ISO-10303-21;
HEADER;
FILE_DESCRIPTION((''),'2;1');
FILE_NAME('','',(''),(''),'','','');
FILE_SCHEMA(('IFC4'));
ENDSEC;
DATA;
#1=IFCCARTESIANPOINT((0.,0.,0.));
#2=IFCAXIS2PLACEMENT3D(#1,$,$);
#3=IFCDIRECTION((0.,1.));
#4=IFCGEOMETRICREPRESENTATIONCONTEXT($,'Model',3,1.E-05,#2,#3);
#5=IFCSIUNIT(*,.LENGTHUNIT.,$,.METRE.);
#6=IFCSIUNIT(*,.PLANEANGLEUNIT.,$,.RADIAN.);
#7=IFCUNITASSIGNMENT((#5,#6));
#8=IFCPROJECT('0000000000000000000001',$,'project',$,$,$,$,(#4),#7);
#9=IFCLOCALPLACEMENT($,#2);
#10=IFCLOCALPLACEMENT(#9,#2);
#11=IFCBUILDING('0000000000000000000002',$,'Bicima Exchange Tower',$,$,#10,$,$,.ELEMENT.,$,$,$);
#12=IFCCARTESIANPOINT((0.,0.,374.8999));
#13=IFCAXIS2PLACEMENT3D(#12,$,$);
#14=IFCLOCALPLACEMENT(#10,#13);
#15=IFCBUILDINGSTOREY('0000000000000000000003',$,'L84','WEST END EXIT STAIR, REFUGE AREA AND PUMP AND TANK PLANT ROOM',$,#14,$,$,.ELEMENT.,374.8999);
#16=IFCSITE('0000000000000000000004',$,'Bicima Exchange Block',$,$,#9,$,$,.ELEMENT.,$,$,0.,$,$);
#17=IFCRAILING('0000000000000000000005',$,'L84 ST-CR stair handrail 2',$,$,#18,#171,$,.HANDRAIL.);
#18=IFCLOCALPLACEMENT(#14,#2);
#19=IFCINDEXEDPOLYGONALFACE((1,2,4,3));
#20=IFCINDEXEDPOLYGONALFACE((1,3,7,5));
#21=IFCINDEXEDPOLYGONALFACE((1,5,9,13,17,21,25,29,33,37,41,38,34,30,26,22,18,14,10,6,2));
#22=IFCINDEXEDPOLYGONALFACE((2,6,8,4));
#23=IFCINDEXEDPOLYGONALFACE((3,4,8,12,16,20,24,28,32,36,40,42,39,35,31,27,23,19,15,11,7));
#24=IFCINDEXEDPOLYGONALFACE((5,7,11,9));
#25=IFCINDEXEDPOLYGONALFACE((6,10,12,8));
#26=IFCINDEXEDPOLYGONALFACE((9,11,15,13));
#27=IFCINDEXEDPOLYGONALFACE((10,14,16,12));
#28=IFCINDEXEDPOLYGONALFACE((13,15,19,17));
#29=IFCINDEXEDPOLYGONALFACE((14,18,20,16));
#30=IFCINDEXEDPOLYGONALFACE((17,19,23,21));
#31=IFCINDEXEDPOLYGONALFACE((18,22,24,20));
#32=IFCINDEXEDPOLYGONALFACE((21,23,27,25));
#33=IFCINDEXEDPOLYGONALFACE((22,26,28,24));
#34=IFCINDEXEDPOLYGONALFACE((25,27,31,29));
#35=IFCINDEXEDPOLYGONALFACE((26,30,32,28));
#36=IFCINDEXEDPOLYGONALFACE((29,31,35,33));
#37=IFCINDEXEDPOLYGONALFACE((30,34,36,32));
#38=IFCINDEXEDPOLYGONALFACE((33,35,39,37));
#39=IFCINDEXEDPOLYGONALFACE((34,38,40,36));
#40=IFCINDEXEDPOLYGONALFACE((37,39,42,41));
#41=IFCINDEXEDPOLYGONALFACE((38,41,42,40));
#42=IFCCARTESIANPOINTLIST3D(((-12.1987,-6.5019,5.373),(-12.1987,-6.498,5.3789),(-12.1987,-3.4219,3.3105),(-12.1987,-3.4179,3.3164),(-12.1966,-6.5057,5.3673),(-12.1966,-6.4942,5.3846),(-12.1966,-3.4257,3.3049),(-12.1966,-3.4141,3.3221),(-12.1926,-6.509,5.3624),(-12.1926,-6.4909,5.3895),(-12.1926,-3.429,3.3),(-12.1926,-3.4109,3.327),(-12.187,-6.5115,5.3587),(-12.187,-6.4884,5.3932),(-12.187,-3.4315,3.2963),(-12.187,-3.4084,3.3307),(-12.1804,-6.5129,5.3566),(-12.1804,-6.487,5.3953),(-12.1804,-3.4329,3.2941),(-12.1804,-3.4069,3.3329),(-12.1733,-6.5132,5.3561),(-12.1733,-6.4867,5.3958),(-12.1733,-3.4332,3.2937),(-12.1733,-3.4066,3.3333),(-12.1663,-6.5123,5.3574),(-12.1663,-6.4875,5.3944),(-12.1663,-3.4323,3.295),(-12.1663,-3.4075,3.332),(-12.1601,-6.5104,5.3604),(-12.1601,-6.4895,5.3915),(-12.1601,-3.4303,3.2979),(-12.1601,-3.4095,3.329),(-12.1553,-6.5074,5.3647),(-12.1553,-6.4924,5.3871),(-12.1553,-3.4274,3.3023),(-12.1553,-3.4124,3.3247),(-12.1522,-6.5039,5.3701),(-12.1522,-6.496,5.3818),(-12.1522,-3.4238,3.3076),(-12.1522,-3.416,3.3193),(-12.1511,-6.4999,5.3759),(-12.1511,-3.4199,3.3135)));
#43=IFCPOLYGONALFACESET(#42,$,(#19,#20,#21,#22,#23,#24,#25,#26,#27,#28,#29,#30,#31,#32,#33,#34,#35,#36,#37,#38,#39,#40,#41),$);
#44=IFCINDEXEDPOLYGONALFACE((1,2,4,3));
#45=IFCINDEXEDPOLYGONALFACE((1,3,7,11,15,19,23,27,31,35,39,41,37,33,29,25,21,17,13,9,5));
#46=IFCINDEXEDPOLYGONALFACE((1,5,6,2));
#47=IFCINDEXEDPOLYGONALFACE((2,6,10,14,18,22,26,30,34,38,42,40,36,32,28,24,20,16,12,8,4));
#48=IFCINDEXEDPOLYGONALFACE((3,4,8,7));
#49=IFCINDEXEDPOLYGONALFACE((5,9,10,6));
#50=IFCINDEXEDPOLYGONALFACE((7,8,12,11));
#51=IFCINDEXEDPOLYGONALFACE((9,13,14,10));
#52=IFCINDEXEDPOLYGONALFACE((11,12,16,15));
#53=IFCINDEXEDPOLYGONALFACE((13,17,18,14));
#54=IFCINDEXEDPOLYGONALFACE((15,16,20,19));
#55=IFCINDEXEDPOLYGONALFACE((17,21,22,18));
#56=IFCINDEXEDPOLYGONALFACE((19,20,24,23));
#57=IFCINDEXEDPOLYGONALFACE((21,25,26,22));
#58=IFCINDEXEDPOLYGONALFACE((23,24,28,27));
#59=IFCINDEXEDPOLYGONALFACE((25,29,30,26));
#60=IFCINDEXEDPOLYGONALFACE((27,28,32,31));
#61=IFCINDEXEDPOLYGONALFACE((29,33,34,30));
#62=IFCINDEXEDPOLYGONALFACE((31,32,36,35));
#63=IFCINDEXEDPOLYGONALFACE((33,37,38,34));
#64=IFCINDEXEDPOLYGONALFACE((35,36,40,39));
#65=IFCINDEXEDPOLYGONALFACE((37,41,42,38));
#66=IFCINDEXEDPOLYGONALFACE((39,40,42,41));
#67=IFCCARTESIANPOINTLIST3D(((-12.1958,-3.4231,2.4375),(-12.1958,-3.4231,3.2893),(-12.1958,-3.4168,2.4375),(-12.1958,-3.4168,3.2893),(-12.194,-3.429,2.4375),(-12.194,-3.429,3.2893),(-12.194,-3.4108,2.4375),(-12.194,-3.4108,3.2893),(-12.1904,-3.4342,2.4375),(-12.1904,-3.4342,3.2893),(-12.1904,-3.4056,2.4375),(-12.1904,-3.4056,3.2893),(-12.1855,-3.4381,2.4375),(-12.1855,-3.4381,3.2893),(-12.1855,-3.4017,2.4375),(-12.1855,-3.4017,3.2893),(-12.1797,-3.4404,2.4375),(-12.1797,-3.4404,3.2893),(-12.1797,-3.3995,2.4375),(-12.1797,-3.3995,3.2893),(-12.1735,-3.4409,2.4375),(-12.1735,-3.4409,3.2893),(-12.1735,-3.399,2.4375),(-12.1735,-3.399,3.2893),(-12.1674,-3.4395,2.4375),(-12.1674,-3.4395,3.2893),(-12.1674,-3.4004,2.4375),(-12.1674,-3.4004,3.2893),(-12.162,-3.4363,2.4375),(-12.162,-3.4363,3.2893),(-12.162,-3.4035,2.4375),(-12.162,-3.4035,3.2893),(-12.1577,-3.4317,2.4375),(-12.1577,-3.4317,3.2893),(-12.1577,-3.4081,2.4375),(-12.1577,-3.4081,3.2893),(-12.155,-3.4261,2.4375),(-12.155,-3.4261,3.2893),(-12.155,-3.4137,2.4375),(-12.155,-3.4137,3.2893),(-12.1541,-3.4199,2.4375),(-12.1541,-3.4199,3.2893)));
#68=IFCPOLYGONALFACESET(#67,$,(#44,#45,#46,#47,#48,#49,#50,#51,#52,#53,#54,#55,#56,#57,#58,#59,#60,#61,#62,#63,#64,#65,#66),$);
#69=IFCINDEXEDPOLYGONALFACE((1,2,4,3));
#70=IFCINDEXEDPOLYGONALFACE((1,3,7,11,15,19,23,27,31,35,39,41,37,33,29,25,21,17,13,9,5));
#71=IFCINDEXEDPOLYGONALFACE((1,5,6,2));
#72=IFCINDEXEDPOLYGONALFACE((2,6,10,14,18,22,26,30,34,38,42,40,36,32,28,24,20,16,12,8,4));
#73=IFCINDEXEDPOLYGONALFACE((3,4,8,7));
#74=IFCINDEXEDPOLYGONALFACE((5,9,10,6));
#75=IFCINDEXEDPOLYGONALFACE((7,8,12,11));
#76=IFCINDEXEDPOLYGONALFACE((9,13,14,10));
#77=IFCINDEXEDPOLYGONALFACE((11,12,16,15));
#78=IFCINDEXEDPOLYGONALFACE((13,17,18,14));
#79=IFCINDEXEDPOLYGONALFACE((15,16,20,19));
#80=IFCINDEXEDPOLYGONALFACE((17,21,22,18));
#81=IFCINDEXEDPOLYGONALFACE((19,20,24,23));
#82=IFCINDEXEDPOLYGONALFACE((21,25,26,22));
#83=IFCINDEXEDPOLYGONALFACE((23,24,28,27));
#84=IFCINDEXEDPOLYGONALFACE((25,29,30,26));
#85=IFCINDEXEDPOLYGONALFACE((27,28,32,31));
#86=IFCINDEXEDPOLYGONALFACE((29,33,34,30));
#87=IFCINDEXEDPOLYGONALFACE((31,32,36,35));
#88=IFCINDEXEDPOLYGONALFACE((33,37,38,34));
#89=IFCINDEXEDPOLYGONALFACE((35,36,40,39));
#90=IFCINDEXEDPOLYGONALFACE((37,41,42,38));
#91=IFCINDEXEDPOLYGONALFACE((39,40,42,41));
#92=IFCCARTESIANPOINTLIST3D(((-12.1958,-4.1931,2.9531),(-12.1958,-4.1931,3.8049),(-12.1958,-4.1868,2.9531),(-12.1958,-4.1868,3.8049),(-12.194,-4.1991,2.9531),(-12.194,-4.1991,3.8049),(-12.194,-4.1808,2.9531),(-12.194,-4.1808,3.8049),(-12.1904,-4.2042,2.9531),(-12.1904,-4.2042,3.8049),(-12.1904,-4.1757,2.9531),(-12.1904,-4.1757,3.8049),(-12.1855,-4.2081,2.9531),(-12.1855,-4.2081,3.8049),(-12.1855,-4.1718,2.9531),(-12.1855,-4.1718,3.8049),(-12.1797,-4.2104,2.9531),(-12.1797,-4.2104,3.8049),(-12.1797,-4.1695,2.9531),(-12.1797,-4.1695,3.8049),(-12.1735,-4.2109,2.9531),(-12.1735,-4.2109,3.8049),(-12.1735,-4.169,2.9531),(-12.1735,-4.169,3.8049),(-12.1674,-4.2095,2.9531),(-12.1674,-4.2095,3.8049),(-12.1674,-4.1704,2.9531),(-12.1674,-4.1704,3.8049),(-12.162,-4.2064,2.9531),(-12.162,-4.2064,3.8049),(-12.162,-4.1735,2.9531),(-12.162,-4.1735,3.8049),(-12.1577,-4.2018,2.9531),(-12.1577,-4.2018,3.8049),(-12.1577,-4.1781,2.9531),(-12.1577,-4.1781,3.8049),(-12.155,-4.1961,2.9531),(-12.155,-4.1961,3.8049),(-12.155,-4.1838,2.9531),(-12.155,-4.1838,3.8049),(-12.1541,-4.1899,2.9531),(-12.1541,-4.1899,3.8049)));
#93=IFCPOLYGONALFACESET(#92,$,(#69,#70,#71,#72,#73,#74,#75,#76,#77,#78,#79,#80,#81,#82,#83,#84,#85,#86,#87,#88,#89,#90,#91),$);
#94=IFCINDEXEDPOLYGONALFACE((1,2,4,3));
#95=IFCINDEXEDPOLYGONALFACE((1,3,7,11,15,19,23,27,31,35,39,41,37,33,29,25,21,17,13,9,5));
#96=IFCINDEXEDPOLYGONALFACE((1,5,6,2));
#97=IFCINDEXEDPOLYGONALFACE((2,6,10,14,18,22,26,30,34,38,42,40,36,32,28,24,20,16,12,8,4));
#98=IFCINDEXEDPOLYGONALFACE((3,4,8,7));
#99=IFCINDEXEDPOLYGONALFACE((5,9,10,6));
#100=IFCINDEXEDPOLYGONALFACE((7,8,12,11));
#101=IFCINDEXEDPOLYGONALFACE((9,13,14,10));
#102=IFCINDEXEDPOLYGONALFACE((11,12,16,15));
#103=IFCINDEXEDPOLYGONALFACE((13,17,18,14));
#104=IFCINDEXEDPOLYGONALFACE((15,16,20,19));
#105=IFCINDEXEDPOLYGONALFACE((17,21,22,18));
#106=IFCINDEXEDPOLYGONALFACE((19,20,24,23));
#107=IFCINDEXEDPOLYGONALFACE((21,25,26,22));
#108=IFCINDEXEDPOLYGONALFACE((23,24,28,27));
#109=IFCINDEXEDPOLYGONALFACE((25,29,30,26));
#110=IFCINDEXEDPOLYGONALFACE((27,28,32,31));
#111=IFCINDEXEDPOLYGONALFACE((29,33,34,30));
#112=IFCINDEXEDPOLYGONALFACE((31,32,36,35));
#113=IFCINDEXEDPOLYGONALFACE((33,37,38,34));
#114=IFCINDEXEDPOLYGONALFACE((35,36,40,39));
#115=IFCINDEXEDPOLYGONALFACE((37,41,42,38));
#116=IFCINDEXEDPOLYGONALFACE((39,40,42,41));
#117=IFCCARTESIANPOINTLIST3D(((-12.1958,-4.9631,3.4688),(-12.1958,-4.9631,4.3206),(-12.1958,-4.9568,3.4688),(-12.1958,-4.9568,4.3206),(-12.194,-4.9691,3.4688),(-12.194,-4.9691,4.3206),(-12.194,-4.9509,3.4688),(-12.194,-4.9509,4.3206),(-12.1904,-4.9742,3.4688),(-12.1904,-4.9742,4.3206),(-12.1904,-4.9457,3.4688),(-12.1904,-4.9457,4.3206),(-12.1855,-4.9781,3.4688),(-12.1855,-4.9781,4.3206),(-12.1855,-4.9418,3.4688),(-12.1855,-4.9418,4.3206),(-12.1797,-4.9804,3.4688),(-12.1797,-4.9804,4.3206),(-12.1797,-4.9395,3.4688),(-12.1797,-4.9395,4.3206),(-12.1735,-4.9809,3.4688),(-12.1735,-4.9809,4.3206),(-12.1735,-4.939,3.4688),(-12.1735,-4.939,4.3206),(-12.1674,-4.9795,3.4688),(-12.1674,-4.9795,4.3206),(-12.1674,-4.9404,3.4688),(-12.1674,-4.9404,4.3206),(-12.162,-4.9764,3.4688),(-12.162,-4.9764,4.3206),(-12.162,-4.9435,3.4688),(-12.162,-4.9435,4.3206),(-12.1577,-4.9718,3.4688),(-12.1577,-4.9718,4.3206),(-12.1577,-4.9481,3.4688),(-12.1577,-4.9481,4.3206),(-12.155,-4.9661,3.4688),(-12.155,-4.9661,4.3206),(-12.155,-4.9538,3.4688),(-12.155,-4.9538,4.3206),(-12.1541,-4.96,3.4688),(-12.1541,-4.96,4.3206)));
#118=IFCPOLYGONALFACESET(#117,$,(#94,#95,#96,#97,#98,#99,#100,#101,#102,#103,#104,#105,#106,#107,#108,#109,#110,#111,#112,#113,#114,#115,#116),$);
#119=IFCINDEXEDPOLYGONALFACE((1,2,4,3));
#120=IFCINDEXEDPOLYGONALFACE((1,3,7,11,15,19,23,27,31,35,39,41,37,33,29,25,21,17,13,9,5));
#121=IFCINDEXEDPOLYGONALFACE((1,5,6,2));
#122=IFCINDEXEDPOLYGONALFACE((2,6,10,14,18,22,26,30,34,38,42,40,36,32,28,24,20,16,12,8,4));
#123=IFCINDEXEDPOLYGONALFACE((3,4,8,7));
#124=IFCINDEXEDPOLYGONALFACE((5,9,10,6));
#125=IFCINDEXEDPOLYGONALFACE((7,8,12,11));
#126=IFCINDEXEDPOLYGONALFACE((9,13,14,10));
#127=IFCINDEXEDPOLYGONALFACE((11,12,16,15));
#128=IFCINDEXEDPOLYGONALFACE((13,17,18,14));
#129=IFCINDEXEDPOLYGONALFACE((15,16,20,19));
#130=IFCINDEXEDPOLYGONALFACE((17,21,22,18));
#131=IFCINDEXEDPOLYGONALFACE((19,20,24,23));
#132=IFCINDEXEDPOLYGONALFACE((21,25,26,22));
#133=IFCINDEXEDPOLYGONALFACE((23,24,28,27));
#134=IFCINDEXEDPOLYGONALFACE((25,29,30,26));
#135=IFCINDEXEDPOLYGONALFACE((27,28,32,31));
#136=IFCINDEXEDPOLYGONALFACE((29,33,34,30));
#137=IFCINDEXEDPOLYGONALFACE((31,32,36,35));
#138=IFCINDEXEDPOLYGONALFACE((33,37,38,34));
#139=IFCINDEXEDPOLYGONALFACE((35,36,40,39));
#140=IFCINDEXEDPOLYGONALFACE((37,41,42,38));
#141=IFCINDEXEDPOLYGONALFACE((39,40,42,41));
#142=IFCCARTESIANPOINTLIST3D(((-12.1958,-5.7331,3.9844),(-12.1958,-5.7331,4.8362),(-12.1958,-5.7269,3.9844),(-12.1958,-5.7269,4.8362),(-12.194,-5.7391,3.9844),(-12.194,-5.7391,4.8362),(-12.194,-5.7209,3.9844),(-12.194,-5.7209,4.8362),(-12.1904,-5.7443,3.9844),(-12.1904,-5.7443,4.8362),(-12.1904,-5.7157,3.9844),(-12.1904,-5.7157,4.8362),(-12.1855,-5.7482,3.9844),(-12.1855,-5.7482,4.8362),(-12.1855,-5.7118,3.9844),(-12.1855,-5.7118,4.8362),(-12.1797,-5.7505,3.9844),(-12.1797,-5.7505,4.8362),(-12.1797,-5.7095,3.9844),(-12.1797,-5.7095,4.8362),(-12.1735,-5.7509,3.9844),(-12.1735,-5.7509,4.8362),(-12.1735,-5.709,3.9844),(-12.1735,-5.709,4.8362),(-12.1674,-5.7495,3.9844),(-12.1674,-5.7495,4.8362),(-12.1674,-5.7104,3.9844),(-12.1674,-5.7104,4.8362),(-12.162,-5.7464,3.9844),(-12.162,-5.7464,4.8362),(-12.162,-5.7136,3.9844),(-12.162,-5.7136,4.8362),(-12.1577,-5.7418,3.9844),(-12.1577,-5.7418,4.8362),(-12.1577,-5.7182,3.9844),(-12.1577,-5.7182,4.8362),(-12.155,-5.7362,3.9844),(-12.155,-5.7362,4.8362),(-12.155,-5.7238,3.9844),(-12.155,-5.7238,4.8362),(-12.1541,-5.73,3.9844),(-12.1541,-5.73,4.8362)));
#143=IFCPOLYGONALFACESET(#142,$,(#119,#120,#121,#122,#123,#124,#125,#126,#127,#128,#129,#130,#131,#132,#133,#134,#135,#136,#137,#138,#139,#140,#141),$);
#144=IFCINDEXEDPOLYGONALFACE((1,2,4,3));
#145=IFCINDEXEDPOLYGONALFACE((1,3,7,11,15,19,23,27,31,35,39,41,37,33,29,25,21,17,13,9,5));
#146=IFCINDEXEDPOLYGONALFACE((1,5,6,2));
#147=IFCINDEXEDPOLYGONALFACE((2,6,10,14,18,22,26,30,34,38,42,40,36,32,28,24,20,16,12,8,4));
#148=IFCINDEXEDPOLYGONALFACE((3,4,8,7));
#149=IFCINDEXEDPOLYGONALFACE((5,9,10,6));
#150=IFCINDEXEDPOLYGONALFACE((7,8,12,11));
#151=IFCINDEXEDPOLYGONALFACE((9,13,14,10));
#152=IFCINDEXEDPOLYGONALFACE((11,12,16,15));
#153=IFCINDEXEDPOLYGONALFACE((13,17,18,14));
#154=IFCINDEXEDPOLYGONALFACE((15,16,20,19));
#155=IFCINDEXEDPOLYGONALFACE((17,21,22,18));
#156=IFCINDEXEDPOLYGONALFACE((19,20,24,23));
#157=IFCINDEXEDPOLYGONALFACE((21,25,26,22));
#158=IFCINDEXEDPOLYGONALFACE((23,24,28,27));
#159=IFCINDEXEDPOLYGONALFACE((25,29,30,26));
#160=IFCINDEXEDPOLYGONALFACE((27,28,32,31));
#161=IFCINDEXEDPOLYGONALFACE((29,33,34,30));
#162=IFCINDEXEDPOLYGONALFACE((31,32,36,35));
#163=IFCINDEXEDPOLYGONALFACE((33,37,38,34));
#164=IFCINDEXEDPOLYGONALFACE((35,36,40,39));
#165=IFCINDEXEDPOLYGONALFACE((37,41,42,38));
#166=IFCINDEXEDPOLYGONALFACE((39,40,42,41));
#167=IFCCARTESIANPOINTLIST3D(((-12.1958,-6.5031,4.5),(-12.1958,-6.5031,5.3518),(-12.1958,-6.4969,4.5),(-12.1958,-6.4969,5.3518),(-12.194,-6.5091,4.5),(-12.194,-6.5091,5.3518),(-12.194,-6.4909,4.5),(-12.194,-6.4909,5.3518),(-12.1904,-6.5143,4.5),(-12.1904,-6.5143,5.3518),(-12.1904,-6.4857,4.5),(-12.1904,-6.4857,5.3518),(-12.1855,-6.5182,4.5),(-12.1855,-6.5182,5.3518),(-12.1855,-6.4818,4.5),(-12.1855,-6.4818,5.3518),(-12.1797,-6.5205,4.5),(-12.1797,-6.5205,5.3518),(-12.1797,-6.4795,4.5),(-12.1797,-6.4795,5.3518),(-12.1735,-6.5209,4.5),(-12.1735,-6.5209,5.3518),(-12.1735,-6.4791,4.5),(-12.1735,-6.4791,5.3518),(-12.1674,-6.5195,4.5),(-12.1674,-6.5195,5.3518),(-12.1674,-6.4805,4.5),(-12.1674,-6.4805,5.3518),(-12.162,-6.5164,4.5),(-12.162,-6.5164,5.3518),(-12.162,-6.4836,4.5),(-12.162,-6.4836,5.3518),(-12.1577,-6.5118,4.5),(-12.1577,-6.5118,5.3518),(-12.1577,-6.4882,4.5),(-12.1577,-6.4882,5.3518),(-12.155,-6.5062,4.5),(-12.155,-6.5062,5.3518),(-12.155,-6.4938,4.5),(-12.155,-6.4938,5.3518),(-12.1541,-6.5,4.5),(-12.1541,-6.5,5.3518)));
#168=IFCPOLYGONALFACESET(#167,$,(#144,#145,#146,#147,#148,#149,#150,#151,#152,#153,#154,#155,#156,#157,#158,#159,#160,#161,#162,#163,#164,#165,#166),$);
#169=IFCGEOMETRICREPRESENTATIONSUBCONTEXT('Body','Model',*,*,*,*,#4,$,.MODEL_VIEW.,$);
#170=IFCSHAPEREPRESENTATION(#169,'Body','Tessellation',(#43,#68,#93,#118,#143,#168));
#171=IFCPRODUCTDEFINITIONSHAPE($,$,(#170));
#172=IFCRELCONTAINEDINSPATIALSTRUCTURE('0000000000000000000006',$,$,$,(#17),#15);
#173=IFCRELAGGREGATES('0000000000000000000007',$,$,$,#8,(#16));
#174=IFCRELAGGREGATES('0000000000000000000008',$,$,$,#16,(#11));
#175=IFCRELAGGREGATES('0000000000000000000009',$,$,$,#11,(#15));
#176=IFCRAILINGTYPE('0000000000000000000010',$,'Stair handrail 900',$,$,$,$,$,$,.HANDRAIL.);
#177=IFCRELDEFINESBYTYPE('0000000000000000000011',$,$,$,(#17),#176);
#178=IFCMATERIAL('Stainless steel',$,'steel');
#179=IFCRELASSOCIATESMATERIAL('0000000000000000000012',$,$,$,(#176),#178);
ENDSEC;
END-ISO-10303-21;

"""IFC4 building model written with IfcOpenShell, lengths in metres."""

from ifc_helpers import new_model, si_unit, direction, frame, origin, origin_2d, place, context, subcontext, project, spatial, circle, extrude, material, type_object, element, save


model = new_model("IFC4")

# Units and contexts
model_context = context("Model", 3, precision=1e-05, world=origin(), true_north=direction((0.0, 1.0)))
body_context = subcontext(model_context, "Body", "Model", "MODEL_VIEW")
ifc_project = project(units=[si_unit("LENGTHUNIT", "METRE"), si_unit("PLANEANGLEUNIT", "RADIAN")], contexts=[model_context])

# Site, building, storey
site_placement = place(None, origin())
site = spatial("IfcSite", under=ifc_project, at=site_placement, Name="Bicima Exchange Block", CompositionType="ELEMENT", RefElevation=0.0)
building_placement = place(site_placement, origin())
building = spatial("IfcBuilding", under=site, at=building_placement, Name="Bicima Exchange Tower", CompositionType="ELEMENT")
storey_placement = place(building_placement, frame((0.0, 0.0, 374.8999)))
storey = spatial("IfcBuildingStorey", under=building, at=storey_placement, Name="L84", Description="WEST END EXIT STAIR, REFUGE AREA AND PUMP AND TANK PLANT ROOM", CompositionType="ELEMENT", Elevation=374.8999)

# Shared definitions
ifc_material_1 = material(Name="Stainless steel", Category="steel")

# Railing
railing_type = type_object("IfcRailingType", Name="Stair handrail 900", PredefinedType="HANDRAIL", material=ifc_material_1)
for number, where, name in (
    (1, (-12.175, -3.4199, 2.4375), "L84 ST-CR stair handrail 2"),
):
    element("IfcRailing", number, at=place(storey_placement, frame(where)), inside=storey, type_object=railing_type, Name=name, PredefinedType="HANDRAIL", context=body_context, shape_type="SweptSolid", body=[
        extrude(circle(Radius=0.0239, at=origin_2d()), frame((0.0, 0.0, 0.876), z_axis=(0.0, -0.830914, 0.556401), x_axis=(1.0, 0.0, 0.0)), (0.0, 0.0, 1.0), 3.7068),
        extrude(circle(Radius=0.021, at=origin_2d()), origin(), (0.0, 0.0, 1.0), 0.8518),
        extrude(circle(Radius=0.021, at=origin_2d()), frame((0.0, -0.77, 0.5156)), (0.0, 0.0, 1.0), 0.8518),
        extrude(circle(Radius=0.021, at=origin_2d()), frame((0.0, -1.54, 1.0312)), (0.0, 0.0, 1.0), 0.8518),
        extrude(circle(Radius=0.021, at=origin_2d()), frame((0.0, -2.3101, 1.5469)), (0.0, 0.0, 1.0), 0.8518),
        extrude(circle(Radius=0.021, at=origin_2d()), frame((0.0, -3.0801, 2.0625)), (0.0, 0.0, 1.0), 0.8518),
    ])

save(model, "model.ifc")
